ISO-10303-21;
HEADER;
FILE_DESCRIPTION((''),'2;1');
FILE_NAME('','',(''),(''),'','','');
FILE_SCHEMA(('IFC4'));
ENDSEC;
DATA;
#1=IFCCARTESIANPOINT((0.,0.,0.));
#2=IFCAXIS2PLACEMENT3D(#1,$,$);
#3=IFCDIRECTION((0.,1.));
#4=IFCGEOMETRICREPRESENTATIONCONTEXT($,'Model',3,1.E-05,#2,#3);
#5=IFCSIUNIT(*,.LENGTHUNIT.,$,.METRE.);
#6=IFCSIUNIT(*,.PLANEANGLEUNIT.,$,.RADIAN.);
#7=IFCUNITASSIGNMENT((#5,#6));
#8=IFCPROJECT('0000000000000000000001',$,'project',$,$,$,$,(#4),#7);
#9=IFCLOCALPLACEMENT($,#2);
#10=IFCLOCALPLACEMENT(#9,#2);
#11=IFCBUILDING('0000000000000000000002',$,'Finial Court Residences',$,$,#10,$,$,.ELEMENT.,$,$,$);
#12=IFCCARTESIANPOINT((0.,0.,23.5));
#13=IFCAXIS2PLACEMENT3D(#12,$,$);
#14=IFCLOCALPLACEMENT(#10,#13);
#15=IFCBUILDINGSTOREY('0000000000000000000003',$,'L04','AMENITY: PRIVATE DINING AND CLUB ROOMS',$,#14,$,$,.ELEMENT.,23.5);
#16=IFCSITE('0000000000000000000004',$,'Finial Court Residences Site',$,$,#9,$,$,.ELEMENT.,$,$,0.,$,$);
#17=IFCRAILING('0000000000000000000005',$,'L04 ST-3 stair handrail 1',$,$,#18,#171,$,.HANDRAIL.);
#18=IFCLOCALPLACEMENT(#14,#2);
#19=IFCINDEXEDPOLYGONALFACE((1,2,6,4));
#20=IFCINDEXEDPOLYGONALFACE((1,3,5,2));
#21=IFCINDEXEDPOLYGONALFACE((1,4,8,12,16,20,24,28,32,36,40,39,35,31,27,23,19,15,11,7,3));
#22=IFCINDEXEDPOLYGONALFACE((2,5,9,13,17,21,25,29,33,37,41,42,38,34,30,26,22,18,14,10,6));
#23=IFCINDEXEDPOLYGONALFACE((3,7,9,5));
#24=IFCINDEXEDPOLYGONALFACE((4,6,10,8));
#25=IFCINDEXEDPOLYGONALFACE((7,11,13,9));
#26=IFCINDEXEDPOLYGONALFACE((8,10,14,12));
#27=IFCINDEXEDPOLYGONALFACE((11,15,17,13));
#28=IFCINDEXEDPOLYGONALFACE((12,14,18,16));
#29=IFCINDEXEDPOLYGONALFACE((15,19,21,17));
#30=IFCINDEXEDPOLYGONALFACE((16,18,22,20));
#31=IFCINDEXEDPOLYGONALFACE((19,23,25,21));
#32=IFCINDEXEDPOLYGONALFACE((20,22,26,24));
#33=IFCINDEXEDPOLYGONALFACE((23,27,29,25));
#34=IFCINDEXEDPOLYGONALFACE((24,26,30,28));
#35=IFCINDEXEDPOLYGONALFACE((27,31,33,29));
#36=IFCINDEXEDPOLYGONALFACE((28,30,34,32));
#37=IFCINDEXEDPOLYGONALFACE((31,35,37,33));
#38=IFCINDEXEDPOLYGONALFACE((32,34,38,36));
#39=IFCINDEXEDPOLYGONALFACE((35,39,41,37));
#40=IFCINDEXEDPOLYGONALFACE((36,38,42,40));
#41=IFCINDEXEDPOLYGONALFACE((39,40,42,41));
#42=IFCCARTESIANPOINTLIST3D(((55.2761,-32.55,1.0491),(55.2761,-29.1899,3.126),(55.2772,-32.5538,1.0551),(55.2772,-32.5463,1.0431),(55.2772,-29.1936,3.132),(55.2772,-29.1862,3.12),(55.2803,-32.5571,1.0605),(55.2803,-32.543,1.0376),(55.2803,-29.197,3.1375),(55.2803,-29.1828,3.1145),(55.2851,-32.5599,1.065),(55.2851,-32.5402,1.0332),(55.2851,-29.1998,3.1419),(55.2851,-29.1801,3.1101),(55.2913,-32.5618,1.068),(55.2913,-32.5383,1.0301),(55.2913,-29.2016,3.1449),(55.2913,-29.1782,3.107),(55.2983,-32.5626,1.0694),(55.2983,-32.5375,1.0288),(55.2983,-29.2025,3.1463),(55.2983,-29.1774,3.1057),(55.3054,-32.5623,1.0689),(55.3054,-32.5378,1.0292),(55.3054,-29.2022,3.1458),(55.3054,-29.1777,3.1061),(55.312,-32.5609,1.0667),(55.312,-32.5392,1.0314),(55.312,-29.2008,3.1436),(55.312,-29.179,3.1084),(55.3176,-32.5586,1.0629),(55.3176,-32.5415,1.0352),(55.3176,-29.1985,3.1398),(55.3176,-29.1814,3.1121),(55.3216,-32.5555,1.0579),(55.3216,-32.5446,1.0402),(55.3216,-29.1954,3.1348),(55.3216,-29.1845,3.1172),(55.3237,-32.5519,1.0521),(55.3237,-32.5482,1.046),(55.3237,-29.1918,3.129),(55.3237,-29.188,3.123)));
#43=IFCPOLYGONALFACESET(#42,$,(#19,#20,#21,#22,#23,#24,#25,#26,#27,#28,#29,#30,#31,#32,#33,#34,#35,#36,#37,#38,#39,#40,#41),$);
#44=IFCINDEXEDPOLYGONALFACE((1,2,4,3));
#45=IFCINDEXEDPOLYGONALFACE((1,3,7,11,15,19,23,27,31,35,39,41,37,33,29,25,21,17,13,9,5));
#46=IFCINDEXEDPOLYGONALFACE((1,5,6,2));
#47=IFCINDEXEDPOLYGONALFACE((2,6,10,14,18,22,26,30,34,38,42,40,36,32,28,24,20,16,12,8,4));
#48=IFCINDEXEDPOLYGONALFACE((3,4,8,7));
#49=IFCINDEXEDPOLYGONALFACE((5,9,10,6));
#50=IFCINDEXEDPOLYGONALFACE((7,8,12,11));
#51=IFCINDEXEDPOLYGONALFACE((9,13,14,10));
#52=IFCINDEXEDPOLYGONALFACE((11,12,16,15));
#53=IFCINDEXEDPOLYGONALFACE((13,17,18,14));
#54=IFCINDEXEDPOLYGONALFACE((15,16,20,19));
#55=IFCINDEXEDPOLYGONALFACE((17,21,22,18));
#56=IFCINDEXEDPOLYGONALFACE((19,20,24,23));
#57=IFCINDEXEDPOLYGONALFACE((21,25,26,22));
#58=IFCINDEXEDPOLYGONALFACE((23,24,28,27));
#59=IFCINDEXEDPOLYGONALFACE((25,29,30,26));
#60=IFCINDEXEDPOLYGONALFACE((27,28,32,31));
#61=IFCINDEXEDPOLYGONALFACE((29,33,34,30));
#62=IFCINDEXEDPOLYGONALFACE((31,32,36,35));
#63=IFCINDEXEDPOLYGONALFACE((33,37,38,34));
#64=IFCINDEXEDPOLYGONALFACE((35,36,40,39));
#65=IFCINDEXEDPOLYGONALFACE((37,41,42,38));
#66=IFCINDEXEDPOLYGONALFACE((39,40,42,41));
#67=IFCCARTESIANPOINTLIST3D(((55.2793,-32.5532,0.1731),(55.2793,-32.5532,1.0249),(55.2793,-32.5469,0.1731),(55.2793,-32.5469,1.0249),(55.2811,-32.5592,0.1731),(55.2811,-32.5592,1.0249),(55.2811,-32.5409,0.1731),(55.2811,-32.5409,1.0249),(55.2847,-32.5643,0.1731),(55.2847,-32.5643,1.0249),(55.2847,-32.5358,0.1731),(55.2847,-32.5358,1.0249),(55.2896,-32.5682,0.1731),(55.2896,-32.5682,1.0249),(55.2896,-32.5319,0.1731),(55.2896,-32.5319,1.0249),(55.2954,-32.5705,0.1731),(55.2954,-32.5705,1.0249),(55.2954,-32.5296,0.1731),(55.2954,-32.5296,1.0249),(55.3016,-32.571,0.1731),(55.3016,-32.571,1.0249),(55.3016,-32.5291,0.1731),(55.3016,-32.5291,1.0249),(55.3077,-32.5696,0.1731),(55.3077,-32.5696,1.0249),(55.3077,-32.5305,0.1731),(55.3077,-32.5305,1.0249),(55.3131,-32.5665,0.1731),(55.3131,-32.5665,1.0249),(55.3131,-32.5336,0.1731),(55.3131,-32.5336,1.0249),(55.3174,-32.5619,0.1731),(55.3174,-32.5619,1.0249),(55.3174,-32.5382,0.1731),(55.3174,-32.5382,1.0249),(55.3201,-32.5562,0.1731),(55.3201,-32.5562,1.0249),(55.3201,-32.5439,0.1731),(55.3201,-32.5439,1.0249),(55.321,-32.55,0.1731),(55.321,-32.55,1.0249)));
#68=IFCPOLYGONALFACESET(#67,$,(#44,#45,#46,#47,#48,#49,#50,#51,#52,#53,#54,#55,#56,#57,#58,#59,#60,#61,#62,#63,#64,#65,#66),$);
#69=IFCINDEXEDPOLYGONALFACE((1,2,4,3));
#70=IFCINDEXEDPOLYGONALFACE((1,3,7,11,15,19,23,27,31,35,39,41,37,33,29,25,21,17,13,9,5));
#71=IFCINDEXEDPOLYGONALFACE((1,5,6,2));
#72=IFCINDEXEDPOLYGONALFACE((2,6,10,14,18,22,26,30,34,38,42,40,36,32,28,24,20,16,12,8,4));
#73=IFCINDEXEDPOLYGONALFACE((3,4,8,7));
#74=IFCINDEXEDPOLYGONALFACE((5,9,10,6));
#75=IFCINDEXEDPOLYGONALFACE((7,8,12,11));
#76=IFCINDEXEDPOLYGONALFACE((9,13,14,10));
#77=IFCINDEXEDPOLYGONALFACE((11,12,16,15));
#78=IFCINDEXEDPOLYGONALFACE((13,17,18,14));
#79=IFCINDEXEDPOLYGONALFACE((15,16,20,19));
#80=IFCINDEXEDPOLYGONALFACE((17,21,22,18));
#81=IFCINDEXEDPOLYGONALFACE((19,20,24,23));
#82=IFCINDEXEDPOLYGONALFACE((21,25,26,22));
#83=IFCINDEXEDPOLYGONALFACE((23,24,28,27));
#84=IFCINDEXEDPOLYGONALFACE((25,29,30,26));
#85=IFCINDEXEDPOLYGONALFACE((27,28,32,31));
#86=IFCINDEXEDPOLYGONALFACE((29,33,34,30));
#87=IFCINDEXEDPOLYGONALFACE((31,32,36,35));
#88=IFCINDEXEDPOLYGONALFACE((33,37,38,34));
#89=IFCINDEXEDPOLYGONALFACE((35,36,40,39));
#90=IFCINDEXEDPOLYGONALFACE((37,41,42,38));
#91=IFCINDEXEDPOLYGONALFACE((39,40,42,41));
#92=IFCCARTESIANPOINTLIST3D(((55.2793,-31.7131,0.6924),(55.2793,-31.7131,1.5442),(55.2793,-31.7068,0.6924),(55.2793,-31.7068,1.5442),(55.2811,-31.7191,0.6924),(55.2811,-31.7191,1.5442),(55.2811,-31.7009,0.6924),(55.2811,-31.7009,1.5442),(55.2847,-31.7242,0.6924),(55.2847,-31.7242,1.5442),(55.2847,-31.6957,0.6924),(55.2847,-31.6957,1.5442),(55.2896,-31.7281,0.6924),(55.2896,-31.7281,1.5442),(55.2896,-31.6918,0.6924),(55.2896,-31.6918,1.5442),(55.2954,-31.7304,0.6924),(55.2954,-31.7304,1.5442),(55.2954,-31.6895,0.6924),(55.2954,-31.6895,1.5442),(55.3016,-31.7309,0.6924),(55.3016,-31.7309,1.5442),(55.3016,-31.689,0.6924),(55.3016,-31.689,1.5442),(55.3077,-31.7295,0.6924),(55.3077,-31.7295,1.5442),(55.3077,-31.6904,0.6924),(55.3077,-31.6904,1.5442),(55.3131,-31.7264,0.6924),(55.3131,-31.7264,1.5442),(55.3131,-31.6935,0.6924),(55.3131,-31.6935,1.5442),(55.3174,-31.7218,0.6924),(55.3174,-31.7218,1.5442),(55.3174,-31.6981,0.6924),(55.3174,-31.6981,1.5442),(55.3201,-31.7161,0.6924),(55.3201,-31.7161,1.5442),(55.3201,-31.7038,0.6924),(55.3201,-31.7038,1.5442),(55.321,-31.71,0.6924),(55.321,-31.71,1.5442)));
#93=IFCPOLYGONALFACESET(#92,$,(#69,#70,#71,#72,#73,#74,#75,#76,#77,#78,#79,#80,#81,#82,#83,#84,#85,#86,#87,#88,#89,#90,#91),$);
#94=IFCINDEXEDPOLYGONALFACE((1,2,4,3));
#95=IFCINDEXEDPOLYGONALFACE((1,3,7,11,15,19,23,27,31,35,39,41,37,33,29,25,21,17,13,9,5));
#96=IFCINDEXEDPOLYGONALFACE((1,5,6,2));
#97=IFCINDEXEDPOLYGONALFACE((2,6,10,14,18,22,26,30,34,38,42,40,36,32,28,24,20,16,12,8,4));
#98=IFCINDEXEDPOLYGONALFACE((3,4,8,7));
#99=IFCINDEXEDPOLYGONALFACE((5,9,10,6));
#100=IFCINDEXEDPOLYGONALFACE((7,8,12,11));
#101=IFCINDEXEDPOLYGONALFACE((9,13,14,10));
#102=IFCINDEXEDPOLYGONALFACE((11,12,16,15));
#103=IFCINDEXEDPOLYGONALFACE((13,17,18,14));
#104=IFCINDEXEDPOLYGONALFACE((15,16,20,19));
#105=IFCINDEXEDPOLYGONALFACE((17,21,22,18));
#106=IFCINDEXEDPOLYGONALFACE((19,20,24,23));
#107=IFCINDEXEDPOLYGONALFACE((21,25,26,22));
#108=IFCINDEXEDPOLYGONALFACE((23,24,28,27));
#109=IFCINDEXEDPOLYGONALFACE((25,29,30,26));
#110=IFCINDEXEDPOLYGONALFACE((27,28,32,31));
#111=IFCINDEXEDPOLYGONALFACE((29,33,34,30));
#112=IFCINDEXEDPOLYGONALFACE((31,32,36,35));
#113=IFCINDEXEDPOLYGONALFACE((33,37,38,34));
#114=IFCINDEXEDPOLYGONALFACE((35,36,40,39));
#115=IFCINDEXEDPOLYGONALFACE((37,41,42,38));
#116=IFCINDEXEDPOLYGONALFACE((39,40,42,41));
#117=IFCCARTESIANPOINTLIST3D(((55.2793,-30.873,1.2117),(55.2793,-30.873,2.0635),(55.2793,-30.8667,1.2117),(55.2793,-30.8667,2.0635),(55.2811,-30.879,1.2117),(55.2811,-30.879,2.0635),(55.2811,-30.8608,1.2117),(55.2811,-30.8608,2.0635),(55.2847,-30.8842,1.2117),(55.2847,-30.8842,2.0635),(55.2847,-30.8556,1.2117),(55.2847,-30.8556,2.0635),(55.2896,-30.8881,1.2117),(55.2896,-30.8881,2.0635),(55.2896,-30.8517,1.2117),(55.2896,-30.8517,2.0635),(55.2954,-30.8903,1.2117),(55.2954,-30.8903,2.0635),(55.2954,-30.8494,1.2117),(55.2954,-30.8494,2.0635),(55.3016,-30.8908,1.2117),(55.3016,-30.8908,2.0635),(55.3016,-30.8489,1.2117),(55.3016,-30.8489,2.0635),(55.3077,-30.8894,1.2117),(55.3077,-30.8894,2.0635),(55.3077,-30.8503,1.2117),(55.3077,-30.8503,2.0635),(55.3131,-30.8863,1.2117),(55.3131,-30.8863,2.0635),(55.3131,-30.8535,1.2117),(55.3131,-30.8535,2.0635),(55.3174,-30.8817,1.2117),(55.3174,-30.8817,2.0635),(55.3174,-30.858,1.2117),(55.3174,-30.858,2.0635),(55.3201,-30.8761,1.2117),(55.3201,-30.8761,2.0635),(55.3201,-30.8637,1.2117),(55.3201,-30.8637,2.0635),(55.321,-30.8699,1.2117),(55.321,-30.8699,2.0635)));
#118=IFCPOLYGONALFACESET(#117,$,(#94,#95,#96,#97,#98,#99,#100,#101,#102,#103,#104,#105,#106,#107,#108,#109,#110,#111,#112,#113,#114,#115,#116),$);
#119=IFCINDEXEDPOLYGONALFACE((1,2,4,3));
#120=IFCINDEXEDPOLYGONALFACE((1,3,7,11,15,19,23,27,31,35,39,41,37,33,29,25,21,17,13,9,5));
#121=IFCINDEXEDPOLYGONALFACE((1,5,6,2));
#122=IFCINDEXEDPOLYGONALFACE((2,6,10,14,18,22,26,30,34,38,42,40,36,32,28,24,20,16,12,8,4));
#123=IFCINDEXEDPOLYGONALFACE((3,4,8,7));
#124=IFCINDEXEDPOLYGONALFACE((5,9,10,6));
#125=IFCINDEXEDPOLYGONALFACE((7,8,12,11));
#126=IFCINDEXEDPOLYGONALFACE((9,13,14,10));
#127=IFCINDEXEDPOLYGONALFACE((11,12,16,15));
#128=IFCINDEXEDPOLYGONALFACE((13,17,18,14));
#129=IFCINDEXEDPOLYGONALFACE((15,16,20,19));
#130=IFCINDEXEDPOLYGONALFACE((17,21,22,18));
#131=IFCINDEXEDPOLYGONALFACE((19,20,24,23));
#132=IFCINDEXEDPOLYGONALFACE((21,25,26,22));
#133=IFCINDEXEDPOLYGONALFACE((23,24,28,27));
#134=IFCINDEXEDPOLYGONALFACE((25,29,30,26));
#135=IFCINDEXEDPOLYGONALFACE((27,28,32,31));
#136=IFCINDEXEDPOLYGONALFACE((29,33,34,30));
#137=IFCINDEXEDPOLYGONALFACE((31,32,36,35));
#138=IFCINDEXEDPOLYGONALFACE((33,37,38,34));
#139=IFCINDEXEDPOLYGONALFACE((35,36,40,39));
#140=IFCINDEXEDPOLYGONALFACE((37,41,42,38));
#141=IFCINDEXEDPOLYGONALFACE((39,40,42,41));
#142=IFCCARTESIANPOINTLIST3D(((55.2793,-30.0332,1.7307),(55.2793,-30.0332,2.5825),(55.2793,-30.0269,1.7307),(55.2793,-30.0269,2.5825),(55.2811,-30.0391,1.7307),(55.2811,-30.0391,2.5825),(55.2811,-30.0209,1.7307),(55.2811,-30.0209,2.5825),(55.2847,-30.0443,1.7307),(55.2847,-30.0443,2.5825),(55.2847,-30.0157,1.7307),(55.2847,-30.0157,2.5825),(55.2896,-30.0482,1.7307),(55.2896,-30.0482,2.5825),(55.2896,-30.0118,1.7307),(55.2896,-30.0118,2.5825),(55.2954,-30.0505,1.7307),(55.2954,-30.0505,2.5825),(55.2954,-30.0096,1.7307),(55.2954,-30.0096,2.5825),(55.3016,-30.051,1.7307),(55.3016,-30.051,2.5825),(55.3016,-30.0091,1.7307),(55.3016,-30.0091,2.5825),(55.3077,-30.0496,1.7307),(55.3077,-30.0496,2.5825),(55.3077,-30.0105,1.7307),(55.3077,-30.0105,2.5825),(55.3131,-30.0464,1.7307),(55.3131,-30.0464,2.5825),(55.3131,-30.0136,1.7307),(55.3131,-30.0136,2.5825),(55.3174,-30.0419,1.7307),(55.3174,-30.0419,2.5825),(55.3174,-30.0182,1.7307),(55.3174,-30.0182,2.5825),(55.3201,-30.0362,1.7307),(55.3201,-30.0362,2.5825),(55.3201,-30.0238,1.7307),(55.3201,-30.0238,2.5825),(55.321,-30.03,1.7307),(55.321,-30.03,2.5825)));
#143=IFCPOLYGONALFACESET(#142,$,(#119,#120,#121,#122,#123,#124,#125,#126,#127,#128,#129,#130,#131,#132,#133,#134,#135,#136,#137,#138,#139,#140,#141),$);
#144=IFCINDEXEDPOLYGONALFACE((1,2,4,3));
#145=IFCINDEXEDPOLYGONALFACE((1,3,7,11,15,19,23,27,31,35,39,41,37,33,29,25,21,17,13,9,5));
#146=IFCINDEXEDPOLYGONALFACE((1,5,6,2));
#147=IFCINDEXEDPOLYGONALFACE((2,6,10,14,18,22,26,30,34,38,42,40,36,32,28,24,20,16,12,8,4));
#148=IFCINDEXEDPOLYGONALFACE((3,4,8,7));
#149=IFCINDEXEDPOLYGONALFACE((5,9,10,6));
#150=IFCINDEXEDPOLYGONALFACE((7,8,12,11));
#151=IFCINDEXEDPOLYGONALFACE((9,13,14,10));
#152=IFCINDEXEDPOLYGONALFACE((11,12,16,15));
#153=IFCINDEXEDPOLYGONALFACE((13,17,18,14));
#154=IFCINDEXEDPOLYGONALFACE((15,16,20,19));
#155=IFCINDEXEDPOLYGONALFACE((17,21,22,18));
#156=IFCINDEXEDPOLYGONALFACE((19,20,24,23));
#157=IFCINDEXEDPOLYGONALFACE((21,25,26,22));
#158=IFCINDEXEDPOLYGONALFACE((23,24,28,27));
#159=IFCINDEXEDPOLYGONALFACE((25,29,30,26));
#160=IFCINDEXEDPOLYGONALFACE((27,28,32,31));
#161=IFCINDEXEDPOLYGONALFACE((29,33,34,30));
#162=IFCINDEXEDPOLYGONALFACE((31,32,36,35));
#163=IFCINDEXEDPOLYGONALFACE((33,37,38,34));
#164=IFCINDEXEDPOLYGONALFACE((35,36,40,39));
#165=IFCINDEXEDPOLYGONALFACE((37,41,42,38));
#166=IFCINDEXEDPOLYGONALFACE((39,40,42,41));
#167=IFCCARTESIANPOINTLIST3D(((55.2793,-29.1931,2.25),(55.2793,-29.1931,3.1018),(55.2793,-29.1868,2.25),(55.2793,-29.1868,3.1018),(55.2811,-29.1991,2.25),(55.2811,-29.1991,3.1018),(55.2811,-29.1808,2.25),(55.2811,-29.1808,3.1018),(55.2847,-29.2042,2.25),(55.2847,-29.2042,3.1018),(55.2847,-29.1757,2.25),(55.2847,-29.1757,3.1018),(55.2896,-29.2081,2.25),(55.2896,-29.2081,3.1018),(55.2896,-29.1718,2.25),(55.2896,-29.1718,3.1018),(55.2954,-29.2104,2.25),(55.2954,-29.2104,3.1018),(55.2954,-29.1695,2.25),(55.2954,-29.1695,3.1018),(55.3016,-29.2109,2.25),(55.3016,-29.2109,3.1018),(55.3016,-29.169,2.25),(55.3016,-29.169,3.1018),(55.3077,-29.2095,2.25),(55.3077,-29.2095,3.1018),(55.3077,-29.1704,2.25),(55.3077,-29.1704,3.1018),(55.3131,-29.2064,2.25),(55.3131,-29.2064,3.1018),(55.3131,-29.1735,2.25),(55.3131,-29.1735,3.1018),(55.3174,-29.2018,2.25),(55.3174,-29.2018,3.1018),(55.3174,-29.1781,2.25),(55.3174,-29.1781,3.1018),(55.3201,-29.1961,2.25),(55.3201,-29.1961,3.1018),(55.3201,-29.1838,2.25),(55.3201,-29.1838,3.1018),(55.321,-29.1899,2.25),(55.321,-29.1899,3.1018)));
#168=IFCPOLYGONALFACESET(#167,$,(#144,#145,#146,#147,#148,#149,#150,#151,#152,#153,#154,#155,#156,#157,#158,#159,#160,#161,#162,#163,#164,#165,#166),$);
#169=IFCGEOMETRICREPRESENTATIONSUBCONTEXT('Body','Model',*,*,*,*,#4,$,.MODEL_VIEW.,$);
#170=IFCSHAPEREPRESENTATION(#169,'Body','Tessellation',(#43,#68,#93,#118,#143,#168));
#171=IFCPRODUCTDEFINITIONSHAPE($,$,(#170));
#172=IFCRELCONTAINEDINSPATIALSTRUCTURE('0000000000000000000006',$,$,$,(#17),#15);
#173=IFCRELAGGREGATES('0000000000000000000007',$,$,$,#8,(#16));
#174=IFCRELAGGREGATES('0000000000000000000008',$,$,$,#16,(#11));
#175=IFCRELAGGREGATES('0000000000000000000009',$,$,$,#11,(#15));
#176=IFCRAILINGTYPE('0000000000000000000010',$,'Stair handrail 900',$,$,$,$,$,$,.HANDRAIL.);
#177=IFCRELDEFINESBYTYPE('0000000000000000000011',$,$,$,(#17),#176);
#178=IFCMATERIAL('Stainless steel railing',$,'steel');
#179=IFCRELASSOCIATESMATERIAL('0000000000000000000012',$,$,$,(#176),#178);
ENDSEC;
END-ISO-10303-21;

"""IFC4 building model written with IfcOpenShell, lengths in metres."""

from ifc_helpers import new_model, si_unit, direction, frame, origin, origin_2d, place, context, subcontext, project, spatial, circle, extrude, material, type_object, element, save


model = new_model("IFC4")

# Units and contexts
model_context = context("Model", 3, precision=1e-05, world=origin(), true_north=direction((0.0, 1.0)))
body_context = subcontext(model_context, "Body", "Model", "MODEL_VIEW")
ifc_project = project(units=[si_unit("LENGTHUNIT", "METRE"), si_unit("PLANEANGLEUNIT", "RADIAN")], contexts=[model_context])

# Site, building, storey
site_placement = place(None, origin())
site = spatial("IfcSite", under=ifc_project, at=site_placement, Name="Finial Court Residences Site", CompositionType="ELEMENT", RefElevation=0.0)
building_placement = place(site_placement, origin())
building = spatial("IfcBuilding", under=site, at=building_placement, Name="Finial Court Residences", CompositionType="ELEMENT")
storey_placement = place(building_placement, frame((0.0, 0.0, 23.5)))
storey = spatial("IfcBuildingStorey", under=building, at=storey_placement, Name="L04", Description="AMENITY: PRIVATE DINING AND CLUB ROOMS", CompositionType="ELEMENT", Elevation=23.5)

# Railing
ifc_material_1 = material(Name="Stainless steel railing", Category="steel")
railing_type_1 = type_object("IfcRailingType", Name="Stair handrail 900", PredefinedType="HANDRAIL", material=ifc_material_1)
railing_1_placement = place(storey_placement, frame((55.3, -32.55, 0.1731)))
element("IfcRailing", 1, at=railing_1_placement, inside=storey, type_object=railing_type_1, Name="L04 ST-3 stair handrail 1", PredefinedType="HANDRAIL", context=body_context, shape_type="SweptSolid", body=[
    extrude(circle(Radius=0.0239, at=origin_2d()), frame((0.0, 0.0, 0.876), z_axis=(0.0, 0.850623, 0.525776), x_axis=(-1.0, 0.0, 0.0)), (0.0, 0.0, 1.0), 3.9502),
    extrude(circle(Radius=0.021, at=origin_2d()), origin(), (0.0, 0.0, 1.0), 0.8518),
    extrude(circle(Radius=0.021, at=origin_2d()), frame((0.0, 0.8401, 0.5193)), (0.0, 0.0, 1.0), 0.8518),
    extrude(circle(Radius=0.021, at=origin_2d()), frame((0.0, 1.6802, 1.0386)), (0.0, 0.0, 1.0), 0.8518),
    extrude(circle(Radius=0.021, at=origin_2d()), frame((0.0, 2.52, 1.5576)), (0.0, 0.0, 1.0), 0.8518),
    extrude(circle(Radius=0.021, at=origin_2d()), frame((0.0, 3.3601, 2.0769)), (0.0, 0.0, 1.0), 0.8518),
])

save(model, "model.ifc")
